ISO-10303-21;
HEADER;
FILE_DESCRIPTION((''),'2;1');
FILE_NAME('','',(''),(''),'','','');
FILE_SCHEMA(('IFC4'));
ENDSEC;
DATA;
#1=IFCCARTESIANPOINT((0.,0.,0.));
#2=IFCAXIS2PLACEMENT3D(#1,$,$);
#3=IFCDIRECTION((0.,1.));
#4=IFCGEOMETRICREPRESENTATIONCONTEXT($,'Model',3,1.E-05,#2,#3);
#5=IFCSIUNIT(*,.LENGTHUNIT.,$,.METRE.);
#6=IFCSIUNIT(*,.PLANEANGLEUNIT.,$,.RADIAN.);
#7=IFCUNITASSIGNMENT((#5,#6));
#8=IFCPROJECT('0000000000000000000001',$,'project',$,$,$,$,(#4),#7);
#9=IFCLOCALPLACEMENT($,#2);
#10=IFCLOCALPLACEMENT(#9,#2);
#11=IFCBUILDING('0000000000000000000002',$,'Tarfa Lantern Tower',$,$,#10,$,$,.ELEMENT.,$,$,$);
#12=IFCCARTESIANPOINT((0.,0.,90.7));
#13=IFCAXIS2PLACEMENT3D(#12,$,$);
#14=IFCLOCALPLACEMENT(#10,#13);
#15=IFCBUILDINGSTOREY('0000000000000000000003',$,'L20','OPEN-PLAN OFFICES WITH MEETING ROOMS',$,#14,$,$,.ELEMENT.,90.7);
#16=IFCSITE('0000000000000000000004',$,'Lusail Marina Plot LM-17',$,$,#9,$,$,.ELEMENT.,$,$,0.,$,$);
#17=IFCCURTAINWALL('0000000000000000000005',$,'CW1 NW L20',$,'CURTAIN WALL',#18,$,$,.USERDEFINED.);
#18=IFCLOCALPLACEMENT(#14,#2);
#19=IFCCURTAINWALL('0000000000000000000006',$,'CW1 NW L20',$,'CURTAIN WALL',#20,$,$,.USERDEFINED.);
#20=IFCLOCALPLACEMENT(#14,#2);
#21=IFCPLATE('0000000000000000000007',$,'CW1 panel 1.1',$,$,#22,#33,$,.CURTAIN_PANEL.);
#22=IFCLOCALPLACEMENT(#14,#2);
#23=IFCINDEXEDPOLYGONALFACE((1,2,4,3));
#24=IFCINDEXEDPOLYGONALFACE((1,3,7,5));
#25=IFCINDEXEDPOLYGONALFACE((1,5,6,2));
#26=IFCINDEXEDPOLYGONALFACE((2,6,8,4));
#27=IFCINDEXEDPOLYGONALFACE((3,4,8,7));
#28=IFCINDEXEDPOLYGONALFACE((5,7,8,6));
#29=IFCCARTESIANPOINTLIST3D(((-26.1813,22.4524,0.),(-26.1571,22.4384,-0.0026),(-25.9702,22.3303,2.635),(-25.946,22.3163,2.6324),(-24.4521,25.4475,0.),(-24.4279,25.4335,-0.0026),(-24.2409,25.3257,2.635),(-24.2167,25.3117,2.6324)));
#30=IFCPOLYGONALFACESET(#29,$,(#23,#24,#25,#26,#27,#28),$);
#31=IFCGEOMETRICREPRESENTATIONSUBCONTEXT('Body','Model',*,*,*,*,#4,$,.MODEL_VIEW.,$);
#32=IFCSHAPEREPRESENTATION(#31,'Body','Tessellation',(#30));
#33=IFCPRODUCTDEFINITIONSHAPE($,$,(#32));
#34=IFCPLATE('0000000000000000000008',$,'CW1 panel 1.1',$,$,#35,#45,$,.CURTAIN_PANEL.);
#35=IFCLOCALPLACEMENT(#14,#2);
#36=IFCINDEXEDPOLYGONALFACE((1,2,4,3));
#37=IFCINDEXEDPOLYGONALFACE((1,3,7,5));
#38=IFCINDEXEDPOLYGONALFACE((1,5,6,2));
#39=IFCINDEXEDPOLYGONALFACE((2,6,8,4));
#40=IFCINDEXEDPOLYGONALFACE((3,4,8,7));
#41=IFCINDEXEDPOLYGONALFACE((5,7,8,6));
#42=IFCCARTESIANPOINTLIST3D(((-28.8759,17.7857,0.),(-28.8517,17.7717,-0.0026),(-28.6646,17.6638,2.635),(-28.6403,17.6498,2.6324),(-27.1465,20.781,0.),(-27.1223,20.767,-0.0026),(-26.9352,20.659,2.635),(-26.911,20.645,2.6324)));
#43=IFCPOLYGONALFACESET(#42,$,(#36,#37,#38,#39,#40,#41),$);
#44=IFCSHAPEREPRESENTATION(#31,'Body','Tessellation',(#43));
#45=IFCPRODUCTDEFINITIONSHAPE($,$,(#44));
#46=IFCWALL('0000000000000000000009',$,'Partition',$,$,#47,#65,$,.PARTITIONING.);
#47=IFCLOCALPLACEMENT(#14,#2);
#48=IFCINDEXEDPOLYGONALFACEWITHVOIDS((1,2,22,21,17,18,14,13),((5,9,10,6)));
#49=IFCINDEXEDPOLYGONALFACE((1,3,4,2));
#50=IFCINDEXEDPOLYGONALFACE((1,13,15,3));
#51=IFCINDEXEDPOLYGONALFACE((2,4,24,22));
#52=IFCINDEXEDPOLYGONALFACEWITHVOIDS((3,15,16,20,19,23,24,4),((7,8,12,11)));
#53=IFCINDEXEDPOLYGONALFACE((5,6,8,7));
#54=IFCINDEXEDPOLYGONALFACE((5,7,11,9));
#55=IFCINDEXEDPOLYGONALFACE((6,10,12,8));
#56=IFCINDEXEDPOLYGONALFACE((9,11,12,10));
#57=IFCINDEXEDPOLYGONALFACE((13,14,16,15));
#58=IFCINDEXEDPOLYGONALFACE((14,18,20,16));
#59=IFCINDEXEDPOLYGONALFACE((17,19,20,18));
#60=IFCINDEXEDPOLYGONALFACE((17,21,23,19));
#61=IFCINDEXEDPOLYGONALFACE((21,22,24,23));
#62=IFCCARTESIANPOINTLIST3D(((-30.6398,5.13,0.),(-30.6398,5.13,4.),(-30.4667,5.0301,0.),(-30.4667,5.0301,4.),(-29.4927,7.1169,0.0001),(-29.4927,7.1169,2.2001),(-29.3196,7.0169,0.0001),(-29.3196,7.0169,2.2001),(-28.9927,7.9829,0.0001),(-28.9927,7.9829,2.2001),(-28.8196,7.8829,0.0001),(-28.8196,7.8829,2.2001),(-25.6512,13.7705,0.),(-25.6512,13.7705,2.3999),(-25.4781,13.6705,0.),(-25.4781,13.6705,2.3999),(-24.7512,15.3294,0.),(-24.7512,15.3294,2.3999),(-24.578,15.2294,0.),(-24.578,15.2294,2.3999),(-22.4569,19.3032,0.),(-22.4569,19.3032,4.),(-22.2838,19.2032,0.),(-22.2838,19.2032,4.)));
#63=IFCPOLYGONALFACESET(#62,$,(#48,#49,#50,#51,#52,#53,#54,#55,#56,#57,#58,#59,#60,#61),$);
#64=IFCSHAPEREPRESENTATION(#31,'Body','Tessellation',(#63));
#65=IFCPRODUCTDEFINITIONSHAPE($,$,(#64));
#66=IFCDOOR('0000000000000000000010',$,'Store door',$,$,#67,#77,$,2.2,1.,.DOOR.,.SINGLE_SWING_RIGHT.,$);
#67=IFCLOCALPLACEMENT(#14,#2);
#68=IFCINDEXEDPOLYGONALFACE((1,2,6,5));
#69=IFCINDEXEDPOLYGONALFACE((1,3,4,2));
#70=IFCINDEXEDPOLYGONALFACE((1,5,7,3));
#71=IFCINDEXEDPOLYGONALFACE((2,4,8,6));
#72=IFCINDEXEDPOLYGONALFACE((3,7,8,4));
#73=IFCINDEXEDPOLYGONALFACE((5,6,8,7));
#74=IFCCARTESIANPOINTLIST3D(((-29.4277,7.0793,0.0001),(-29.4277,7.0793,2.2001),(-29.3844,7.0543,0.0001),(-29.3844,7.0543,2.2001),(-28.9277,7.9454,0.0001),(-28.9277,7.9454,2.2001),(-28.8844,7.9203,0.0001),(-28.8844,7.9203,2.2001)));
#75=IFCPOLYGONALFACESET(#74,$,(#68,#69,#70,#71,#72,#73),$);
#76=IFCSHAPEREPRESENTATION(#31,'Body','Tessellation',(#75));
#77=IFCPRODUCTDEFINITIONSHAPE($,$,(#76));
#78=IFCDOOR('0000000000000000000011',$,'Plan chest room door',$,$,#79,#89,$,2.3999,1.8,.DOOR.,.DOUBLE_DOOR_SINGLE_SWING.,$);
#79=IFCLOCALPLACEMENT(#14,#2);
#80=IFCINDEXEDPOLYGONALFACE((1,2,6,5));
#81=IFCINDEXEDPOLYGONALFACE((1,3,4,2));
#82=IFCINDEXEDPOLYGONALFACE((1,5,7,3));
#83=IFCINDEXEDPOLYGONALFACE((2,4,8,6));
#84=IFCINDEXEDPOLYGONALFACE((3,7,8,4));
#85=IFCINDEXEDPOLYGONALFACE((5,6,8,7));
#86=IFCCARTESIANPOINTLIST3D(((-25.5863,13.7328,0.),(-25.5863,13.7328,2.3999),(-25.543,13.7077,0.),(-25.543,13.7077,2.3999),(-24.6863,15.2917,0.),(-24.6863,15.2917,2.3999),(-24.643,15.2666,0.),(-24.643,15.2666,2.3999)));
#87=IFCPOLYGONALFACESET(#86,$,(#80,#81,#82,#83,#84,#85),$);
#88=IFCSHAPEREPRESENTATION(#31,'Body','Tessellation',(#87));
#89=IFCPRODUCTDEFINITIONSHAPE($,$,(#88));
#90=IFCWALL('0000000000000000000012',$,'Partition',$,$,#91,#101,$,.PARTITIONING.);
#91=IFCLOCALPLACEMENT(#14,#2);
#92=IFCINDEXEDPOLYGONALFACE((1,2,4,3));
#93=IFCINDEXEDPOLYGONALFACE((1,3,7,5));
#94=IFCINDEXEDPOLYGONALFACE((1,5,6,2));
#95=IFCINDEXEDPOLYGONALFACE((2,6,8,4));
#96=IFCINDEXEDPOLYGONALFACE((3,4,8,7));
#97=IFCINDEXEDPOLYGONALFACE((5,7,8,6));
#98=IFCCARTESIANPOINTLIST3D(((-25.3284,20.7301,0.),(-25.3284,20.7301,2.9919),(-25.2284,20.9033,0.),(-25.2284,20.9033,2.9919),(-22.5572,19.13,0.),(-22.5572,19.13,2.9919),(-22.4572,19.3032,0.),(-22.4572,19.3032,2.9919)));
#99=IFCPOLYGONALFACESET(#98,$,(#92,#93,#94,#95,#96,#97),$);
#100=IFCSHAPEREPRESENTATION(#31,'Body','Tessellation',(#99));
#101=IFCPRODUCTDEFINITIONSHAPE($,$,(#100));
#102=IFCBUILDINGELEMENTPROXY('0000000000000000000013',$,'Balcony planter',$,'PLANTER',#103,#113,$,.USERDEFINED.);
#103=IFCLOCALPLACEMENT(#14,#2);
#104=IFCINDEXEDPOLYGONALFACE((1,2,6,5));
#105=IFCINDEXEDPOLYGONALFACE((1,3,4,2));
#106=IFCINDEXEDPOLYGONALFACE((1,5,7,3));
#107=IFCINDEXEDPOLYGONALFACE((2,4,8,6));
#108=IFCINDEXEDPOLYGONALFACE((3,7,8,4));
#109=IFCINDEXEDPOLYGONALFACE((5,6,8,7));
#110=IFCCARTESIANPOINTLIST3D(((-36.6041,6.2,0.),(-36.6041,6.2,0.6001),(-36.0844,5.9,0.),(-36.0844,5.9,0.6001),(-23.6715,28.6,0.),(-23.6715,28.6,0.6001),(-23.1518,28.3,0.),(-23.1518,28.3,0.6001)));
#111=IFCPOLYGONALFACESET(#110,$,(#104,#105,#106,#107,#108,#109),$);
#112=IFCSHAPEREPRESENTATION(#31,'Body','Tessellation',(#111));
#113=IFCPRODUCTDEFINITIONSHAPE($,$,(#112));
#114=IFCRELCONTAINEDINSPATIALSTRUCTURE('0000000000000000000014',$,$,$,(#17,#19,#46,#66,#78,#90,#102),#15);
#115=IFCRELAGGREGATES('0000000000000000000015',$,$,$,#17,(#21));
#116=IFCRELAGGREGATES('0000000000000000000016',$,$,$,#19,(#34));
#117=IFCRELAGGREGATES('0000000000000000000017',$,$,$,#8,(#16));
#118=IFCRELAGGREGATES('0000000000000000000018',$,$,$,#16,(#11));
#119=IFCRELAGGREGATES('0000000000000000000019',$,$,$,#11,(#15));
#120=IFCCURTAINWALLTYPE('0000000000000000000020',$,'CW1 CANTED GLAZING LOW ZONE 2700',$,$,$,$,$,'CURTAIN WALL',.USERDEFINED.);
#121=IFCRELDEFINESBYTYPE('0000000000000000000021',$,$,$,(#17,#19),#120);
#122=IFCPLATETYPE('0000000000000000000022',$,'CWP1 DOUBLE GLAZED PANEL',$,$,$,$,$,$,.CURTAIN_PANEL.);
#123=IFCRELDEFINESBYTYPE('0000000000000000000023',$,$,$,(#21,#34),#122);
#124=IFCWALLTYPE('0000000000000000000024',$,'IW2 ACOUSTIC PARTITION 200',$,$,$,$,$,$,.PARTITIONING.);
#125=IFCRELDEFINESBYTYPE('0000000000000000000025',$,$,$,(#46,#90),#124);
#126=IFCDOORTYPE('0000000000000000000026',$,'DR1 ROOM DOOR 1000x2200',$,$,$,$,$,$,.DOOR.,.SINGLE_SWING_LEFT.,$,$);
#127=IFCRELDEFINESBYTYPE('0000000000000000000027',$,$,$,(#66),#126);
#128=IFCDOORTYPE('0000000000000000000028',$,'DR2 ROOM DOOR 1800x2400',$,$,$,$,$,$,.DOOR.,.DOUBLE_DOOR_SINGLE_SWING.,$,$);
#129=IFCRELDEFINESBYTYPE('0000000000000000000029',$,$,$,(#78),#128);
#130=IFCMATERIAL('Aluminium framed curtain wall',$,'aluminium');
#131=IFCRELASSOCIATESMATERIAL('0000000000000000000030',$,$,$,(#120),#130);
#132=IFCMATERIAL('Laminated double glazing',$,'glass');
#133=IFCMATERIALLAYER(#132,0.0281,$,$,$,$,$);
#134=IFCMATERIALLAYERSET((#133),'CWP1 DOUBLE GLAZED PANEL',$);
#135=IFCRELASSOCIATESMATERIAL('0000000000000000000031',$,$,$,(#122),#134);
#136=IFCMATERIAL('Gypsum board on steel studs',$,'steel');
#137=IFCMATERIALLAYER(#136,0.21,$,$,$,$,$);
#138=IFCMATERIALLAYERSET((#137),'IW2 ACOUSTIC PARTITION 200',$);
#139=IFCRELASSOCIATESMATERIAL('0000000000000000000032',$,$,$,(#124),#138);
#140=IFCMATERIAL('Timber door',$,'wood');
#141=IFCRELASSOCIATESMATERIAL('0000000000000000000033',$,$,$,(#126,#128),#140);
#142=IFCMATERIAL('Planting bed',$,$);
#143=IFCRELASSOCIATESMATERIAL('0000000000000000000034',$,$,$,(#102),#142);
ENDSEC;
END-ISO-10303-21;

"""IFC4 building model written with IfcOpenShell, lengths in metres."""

from ifc_helpers import new_model, si_unit, direction, frame, frame_2d, origin, origin_2d, place, context, subcontext, project, spatial, polyline, rectangle, outline, extrude, material, layer, layer_set, type_object, element, fill, aggregate, save


model = new_model("IFC4")

# Units and contexts
model_context = context("Model", 3, precision=1e-05, world=origin(), true_north=direction((0.0, 1.0)))
body_context = subcontext(model_context, "Body", "Model", "MODEL_VIEW")
ifc_project = project(units=[si_unit("LENGTHUNIT", "METRE"), si_unit("PLANEANGLEUNIT", "RADIAN")], contexts=[model_context])

# Site, building, storey
site_placement = place(None, origin())
site = spatial("IfcSite", under=ifc_project, at=site_placement, Name="Lusail Marina Plot LM-17", CompositionType="ELEMENT", RefElevation=0.0)
building_placement = place(site_placement, origin())
building = spatial("IfcBuilding", under=site, at=building_placement, Name="Tarfa Lantern Tower", CompositionType="ELEMENT")
storey_placement = place(building_placement, frame((0.0, 0.0, 90.7)))
storey = spatial("IfcBuildingStorey", under=building, at=storey_placement, Name="L20", Description="OPEN-PLAN OFFICES WITH MEETING ROOMS", CompositionType="ELEMENT", Elevation=90.7)

# Shared definitions
ifc_material_1 = material(Name="Aluminium framed curtain wall", Category="aluminium")
curtain_wall_type = type_object("IfcCurtainWallType", Name="CW1 CANTED GLAZING LOW ZONE 2700", ElementType="CURTAIN WALL", PredefinedType="USERDEFINED", material=ifc_material_1)

# Curtain walls
curtain_wall_1_placement = place(storey_placement, origin())
curtain_wall_1 = element("IfcCurtainWall", 1, at=curtain_wall_1_placement, inside=storey, type_object=curtain_wall_type, Name="CW1 NW L20", ObjectType="CURTAIN WALL", PredefinedType="USERDEFINED")
curtain_wall_2_placement = place(storey_placement, origin())
curtain_wall_2 = element("IfcCurtainWall", 2, at=curtain_wall_2_placement, inside=storey, type_object=curtain_wall_type, Name="CW1 NW L20", ObjectType="CURTAIN WALL", PredefinedType="USERDEFINED")

# Plates
ifc_material_2 = material(Name="Laminated double glazing", Category="glass")
ifc_layer_1 = layer(ifc_material_2, 0.0281)
ifc_layer_set_1 = layer_set([ifc_layer_1], Name="CWP1 DOUBLE GLAZED PANEL")
plate_type = type_object("IfcPlateType", Name="CWP1 DOUBLE GLAZED PANEL", PredefinedType="CURTAIN_PANEL", material=ifc_layer_set_1)
plate_1_placement = place(storey_placement, frame((-24.4521, 25.4475, 0.0), z_axis=(-0.862347, 0.497861, 0.092153), x_axis=(-0.499988, -0.866032, -0.000002)))
plate_1 = element("IfcPlate", 3, at=plate_1_placement, type_object=plate_type, Name="CW1 panel 1.1", PredefinedType="CURTAIN_PANEL", context=body_context, shape_type="SweptSolid", body=[
    extrude(outline(polyline([(0.0, 0.0), (3.4585, 0.0), (3.4586, 2.6463), (-0.0001, 2.6463), (0.0, 0.0)])), origin(), (0.0, 0.0, -1.0), 0.0281),
])
aggregate(curtain_wall_1, [plate_1])
plate_2_placement = place(storey_placement, frame((-27.1465, 20.781, 0.0), z_axis=(-0.862329, 0.497885, 0.092193), x_axis=(-0.500014, -0.866017, 0.000004)))
plate_2 = element("IfcPlate", 4, at=plate_2_placement, type_object=plate_type, Name="CW1 panel 1.1", PredefinedType="CURTAIN_PANEL", context=body_context, shape_type="SweptSolid", body=[
    extrude(outline(polyline([(0.0, 0.0), (3.4587, 0.0), (3.4586, 2.6463), (0.0, 2.6463), (0.0, 0.0)])), origin(), (0.0, 0.0, -1.0), 0.0281),
])
aggregate(curtain_wall_2, [plate_2])

# Wall, openings, doors
ifc_material_3 = material(Name="Gypsum board on steel studs", Category="steel")
ifc_layer_2 = layer(ifc_material_3, 0.21)
ifc_layer_set_2 = layer_set([ifc_layer_2], Name="IW2 ACOUSTIC PARTITION 200")
wall_type = type_object("IfcWallType", Name="IW2 ACOUSTIC PARTITION 200", PredefinedType="PARTITIONING", material=ifc_layer_set_2)
wall_1_placement = place(storey_placement, frame((-22.3704, 19.2532, 0.0), z_axis=(0.0, 0.0, 1.0), x_axis=(-0.500001, -0.866025, 0.0)))
wall_1 = element("IfcWall", 5, at=wall_1_placement, inside=storey, type_object=wall_type, Name="Partition", PredefinedType="PARTITIONING", context=body_context, shape_type="SweptSolid", body=[
    extrude(rectangle(XDim=16.3657, YDim=0.2, at=frame_2d((8.1829, 0.0))), origin(), (0.0, 0.0, 1.0), 4.0),
])
opening_1_placement = place(wall_1_placement, frame((4.5886, 0.0, 0.0)))
opening_1 = element("IfcOpeningElement", 6, at=opening_1_placement, cuts=wall_1, PredefinedType="OPENING", context=body_context, shape_type="SweptSolid", body=[
    extrude(rectangle(XDim=1.8, YDim=2.3999, at=frame_2d((0.8999, 1.2))), frame((0.0, 0.1099, 0.0), z_axis=(0.0, -1.0, 0.0), x_axis=(1.0, 0.0, 0.0)), (0.0, 0.0, 1.0), 0.22),
])
opening_2_placement = place(wall_1_placement, frame((13.0715, 0.0, 0.0)))
opening_2 = element("IfcOpeningElement", 7, at=opening_2_placement, cuts=wall_1, PredefinedType="OPENING", context=body_context, shape_type="SweptSolid", body=[
    extrude(rectangle(XDim=1.0, YDim=2.2, at=frame_2d((0.5, 1.1001))), frame((0.0, 0.1099, 0.0), z_axis=(0.0, -1.0, 0.0), x_axis=(1.0, 0.0, 0.0)), (0.0, 0.0, 1.0), 0.22),
])
ifc_material_4 = material(Name="Timber door", Category="wood")
door_type_1 = type_object("IfcDoorType", Name="DR1 ROOM DOOR 1000x2200", OperationType="SINGLE_SWING_LEFT", PredefinedType="DOOR", material=ifc_material_4)
door_1_placement = place(opening_2_placement, frame((1.0, 0.0, 0.0), z_axis=(0.0, 0.0, 1.0), x_axis=(-1.0, 0.0, 0.0)))
door_1 = element("IfcDoor", 8, at=door_1_placement, inside=storey, type_object=door_type_1, Name="Store door", OperationType="SINGLE_SWING_RIGHT", OverallHeight=2.2, OverallWidth=1.0, PredefinedType="DOOR", context=body_context, shape_type="SweptSolid", body=[
    extrude(rectangle(XDim=1.0, YDim=2.2, at=frame_2d((0.5, 1.1001))), frame((0.0, 0.0249, 0.0), z_axis=(0.0, -1.0, 0.0), x_axis=(1.0, 0.0, 0.0)), (0.0, 0.0, 1.0), 0.05),
])
fill(opening_2, door_1)
door_type_2 = type_object("IfcDoorType", Name="DR2 ROOM DOOR 1800x2400", OperationType="DOUBLE_DOOR_SINGLE_SWING", PredefinedType="DOOR", material=ifc_material_4)
door_2_placement = place(opening_1_placement, frame((1.8, 0.0, 0.0), z_axis=(0.0, 0.0, 1.0), x_axis=(-1.0, 0.0, 0.0)))
door_2 = element("IfcDoor", 9, at=door_2_placement, inside=storey, type_object=door_type_2, Name="Plan chest room door", OperationType="DOUBLE_DOOR_SINGLE_SWING", OverallHeight=2.3999, OverallWidth=1.8, PredefinedType="DOOR", context=body_context, shape_type="SweptSolid", body=[
    extrude(rectangle(XDim=1.8, YDim=2.3999, at=frame_2d((0.8999, 1.2))), frame((0.0, 0.0249, 0.0), z_axis=(0.0, -1.0, 0.0), x_axis=(1.0, 0.0, 0.0)), (0.0, 0.0, 1.0), 0.05),
])
fill(opening_1, door_2)

# Wall
wall_2_placement = place(storey_placement, frame((-22.5071, 19.2166, 0.0), z_axis=(0.0, 0.0, 1.0), x_axis=(-0.866009, 0.500028, 0.0)))
element("IfcWall", 10, at=wall_2_placement, inside=storey, type_object=wall_type, Name="Partition", PredefinedType="PARTITIONING", context=body_context, shape_type="SweptSolid", body=[
    extrude(rectangle(XDim=3.2, YDim=0.2, at=frame_2d((1.6001, 0.0))), origin(), (0.0, 0.0, 1.0), 2.9919),
])

# Building element proxy
ifc_material_5 = material(Name="Planting bed")
proxy_placement = place(storey_placement, frame((-29.8779, 17.25, 0.0), z_axis=(0.0, 0.0, 1.0), x_axis=(-0.5, -0.866025, 0.0)))
element("IfcBuildingElementProxy", 11, at=proxy_placement, inside=storey, material=ifc_material_5, Name="Balcony planter", ObjectType="PLANTER", PredefinedType="USERDEFINED", context=body_context, shape_type="SweptSolid", body=[
    extrude(rectangle(XDim=25.8652, YDim=0.6001, at=origin_2d()), origin(), (0.0, 0.0, 1.0), 0.6001),
])

save(model, "model.ifc")
